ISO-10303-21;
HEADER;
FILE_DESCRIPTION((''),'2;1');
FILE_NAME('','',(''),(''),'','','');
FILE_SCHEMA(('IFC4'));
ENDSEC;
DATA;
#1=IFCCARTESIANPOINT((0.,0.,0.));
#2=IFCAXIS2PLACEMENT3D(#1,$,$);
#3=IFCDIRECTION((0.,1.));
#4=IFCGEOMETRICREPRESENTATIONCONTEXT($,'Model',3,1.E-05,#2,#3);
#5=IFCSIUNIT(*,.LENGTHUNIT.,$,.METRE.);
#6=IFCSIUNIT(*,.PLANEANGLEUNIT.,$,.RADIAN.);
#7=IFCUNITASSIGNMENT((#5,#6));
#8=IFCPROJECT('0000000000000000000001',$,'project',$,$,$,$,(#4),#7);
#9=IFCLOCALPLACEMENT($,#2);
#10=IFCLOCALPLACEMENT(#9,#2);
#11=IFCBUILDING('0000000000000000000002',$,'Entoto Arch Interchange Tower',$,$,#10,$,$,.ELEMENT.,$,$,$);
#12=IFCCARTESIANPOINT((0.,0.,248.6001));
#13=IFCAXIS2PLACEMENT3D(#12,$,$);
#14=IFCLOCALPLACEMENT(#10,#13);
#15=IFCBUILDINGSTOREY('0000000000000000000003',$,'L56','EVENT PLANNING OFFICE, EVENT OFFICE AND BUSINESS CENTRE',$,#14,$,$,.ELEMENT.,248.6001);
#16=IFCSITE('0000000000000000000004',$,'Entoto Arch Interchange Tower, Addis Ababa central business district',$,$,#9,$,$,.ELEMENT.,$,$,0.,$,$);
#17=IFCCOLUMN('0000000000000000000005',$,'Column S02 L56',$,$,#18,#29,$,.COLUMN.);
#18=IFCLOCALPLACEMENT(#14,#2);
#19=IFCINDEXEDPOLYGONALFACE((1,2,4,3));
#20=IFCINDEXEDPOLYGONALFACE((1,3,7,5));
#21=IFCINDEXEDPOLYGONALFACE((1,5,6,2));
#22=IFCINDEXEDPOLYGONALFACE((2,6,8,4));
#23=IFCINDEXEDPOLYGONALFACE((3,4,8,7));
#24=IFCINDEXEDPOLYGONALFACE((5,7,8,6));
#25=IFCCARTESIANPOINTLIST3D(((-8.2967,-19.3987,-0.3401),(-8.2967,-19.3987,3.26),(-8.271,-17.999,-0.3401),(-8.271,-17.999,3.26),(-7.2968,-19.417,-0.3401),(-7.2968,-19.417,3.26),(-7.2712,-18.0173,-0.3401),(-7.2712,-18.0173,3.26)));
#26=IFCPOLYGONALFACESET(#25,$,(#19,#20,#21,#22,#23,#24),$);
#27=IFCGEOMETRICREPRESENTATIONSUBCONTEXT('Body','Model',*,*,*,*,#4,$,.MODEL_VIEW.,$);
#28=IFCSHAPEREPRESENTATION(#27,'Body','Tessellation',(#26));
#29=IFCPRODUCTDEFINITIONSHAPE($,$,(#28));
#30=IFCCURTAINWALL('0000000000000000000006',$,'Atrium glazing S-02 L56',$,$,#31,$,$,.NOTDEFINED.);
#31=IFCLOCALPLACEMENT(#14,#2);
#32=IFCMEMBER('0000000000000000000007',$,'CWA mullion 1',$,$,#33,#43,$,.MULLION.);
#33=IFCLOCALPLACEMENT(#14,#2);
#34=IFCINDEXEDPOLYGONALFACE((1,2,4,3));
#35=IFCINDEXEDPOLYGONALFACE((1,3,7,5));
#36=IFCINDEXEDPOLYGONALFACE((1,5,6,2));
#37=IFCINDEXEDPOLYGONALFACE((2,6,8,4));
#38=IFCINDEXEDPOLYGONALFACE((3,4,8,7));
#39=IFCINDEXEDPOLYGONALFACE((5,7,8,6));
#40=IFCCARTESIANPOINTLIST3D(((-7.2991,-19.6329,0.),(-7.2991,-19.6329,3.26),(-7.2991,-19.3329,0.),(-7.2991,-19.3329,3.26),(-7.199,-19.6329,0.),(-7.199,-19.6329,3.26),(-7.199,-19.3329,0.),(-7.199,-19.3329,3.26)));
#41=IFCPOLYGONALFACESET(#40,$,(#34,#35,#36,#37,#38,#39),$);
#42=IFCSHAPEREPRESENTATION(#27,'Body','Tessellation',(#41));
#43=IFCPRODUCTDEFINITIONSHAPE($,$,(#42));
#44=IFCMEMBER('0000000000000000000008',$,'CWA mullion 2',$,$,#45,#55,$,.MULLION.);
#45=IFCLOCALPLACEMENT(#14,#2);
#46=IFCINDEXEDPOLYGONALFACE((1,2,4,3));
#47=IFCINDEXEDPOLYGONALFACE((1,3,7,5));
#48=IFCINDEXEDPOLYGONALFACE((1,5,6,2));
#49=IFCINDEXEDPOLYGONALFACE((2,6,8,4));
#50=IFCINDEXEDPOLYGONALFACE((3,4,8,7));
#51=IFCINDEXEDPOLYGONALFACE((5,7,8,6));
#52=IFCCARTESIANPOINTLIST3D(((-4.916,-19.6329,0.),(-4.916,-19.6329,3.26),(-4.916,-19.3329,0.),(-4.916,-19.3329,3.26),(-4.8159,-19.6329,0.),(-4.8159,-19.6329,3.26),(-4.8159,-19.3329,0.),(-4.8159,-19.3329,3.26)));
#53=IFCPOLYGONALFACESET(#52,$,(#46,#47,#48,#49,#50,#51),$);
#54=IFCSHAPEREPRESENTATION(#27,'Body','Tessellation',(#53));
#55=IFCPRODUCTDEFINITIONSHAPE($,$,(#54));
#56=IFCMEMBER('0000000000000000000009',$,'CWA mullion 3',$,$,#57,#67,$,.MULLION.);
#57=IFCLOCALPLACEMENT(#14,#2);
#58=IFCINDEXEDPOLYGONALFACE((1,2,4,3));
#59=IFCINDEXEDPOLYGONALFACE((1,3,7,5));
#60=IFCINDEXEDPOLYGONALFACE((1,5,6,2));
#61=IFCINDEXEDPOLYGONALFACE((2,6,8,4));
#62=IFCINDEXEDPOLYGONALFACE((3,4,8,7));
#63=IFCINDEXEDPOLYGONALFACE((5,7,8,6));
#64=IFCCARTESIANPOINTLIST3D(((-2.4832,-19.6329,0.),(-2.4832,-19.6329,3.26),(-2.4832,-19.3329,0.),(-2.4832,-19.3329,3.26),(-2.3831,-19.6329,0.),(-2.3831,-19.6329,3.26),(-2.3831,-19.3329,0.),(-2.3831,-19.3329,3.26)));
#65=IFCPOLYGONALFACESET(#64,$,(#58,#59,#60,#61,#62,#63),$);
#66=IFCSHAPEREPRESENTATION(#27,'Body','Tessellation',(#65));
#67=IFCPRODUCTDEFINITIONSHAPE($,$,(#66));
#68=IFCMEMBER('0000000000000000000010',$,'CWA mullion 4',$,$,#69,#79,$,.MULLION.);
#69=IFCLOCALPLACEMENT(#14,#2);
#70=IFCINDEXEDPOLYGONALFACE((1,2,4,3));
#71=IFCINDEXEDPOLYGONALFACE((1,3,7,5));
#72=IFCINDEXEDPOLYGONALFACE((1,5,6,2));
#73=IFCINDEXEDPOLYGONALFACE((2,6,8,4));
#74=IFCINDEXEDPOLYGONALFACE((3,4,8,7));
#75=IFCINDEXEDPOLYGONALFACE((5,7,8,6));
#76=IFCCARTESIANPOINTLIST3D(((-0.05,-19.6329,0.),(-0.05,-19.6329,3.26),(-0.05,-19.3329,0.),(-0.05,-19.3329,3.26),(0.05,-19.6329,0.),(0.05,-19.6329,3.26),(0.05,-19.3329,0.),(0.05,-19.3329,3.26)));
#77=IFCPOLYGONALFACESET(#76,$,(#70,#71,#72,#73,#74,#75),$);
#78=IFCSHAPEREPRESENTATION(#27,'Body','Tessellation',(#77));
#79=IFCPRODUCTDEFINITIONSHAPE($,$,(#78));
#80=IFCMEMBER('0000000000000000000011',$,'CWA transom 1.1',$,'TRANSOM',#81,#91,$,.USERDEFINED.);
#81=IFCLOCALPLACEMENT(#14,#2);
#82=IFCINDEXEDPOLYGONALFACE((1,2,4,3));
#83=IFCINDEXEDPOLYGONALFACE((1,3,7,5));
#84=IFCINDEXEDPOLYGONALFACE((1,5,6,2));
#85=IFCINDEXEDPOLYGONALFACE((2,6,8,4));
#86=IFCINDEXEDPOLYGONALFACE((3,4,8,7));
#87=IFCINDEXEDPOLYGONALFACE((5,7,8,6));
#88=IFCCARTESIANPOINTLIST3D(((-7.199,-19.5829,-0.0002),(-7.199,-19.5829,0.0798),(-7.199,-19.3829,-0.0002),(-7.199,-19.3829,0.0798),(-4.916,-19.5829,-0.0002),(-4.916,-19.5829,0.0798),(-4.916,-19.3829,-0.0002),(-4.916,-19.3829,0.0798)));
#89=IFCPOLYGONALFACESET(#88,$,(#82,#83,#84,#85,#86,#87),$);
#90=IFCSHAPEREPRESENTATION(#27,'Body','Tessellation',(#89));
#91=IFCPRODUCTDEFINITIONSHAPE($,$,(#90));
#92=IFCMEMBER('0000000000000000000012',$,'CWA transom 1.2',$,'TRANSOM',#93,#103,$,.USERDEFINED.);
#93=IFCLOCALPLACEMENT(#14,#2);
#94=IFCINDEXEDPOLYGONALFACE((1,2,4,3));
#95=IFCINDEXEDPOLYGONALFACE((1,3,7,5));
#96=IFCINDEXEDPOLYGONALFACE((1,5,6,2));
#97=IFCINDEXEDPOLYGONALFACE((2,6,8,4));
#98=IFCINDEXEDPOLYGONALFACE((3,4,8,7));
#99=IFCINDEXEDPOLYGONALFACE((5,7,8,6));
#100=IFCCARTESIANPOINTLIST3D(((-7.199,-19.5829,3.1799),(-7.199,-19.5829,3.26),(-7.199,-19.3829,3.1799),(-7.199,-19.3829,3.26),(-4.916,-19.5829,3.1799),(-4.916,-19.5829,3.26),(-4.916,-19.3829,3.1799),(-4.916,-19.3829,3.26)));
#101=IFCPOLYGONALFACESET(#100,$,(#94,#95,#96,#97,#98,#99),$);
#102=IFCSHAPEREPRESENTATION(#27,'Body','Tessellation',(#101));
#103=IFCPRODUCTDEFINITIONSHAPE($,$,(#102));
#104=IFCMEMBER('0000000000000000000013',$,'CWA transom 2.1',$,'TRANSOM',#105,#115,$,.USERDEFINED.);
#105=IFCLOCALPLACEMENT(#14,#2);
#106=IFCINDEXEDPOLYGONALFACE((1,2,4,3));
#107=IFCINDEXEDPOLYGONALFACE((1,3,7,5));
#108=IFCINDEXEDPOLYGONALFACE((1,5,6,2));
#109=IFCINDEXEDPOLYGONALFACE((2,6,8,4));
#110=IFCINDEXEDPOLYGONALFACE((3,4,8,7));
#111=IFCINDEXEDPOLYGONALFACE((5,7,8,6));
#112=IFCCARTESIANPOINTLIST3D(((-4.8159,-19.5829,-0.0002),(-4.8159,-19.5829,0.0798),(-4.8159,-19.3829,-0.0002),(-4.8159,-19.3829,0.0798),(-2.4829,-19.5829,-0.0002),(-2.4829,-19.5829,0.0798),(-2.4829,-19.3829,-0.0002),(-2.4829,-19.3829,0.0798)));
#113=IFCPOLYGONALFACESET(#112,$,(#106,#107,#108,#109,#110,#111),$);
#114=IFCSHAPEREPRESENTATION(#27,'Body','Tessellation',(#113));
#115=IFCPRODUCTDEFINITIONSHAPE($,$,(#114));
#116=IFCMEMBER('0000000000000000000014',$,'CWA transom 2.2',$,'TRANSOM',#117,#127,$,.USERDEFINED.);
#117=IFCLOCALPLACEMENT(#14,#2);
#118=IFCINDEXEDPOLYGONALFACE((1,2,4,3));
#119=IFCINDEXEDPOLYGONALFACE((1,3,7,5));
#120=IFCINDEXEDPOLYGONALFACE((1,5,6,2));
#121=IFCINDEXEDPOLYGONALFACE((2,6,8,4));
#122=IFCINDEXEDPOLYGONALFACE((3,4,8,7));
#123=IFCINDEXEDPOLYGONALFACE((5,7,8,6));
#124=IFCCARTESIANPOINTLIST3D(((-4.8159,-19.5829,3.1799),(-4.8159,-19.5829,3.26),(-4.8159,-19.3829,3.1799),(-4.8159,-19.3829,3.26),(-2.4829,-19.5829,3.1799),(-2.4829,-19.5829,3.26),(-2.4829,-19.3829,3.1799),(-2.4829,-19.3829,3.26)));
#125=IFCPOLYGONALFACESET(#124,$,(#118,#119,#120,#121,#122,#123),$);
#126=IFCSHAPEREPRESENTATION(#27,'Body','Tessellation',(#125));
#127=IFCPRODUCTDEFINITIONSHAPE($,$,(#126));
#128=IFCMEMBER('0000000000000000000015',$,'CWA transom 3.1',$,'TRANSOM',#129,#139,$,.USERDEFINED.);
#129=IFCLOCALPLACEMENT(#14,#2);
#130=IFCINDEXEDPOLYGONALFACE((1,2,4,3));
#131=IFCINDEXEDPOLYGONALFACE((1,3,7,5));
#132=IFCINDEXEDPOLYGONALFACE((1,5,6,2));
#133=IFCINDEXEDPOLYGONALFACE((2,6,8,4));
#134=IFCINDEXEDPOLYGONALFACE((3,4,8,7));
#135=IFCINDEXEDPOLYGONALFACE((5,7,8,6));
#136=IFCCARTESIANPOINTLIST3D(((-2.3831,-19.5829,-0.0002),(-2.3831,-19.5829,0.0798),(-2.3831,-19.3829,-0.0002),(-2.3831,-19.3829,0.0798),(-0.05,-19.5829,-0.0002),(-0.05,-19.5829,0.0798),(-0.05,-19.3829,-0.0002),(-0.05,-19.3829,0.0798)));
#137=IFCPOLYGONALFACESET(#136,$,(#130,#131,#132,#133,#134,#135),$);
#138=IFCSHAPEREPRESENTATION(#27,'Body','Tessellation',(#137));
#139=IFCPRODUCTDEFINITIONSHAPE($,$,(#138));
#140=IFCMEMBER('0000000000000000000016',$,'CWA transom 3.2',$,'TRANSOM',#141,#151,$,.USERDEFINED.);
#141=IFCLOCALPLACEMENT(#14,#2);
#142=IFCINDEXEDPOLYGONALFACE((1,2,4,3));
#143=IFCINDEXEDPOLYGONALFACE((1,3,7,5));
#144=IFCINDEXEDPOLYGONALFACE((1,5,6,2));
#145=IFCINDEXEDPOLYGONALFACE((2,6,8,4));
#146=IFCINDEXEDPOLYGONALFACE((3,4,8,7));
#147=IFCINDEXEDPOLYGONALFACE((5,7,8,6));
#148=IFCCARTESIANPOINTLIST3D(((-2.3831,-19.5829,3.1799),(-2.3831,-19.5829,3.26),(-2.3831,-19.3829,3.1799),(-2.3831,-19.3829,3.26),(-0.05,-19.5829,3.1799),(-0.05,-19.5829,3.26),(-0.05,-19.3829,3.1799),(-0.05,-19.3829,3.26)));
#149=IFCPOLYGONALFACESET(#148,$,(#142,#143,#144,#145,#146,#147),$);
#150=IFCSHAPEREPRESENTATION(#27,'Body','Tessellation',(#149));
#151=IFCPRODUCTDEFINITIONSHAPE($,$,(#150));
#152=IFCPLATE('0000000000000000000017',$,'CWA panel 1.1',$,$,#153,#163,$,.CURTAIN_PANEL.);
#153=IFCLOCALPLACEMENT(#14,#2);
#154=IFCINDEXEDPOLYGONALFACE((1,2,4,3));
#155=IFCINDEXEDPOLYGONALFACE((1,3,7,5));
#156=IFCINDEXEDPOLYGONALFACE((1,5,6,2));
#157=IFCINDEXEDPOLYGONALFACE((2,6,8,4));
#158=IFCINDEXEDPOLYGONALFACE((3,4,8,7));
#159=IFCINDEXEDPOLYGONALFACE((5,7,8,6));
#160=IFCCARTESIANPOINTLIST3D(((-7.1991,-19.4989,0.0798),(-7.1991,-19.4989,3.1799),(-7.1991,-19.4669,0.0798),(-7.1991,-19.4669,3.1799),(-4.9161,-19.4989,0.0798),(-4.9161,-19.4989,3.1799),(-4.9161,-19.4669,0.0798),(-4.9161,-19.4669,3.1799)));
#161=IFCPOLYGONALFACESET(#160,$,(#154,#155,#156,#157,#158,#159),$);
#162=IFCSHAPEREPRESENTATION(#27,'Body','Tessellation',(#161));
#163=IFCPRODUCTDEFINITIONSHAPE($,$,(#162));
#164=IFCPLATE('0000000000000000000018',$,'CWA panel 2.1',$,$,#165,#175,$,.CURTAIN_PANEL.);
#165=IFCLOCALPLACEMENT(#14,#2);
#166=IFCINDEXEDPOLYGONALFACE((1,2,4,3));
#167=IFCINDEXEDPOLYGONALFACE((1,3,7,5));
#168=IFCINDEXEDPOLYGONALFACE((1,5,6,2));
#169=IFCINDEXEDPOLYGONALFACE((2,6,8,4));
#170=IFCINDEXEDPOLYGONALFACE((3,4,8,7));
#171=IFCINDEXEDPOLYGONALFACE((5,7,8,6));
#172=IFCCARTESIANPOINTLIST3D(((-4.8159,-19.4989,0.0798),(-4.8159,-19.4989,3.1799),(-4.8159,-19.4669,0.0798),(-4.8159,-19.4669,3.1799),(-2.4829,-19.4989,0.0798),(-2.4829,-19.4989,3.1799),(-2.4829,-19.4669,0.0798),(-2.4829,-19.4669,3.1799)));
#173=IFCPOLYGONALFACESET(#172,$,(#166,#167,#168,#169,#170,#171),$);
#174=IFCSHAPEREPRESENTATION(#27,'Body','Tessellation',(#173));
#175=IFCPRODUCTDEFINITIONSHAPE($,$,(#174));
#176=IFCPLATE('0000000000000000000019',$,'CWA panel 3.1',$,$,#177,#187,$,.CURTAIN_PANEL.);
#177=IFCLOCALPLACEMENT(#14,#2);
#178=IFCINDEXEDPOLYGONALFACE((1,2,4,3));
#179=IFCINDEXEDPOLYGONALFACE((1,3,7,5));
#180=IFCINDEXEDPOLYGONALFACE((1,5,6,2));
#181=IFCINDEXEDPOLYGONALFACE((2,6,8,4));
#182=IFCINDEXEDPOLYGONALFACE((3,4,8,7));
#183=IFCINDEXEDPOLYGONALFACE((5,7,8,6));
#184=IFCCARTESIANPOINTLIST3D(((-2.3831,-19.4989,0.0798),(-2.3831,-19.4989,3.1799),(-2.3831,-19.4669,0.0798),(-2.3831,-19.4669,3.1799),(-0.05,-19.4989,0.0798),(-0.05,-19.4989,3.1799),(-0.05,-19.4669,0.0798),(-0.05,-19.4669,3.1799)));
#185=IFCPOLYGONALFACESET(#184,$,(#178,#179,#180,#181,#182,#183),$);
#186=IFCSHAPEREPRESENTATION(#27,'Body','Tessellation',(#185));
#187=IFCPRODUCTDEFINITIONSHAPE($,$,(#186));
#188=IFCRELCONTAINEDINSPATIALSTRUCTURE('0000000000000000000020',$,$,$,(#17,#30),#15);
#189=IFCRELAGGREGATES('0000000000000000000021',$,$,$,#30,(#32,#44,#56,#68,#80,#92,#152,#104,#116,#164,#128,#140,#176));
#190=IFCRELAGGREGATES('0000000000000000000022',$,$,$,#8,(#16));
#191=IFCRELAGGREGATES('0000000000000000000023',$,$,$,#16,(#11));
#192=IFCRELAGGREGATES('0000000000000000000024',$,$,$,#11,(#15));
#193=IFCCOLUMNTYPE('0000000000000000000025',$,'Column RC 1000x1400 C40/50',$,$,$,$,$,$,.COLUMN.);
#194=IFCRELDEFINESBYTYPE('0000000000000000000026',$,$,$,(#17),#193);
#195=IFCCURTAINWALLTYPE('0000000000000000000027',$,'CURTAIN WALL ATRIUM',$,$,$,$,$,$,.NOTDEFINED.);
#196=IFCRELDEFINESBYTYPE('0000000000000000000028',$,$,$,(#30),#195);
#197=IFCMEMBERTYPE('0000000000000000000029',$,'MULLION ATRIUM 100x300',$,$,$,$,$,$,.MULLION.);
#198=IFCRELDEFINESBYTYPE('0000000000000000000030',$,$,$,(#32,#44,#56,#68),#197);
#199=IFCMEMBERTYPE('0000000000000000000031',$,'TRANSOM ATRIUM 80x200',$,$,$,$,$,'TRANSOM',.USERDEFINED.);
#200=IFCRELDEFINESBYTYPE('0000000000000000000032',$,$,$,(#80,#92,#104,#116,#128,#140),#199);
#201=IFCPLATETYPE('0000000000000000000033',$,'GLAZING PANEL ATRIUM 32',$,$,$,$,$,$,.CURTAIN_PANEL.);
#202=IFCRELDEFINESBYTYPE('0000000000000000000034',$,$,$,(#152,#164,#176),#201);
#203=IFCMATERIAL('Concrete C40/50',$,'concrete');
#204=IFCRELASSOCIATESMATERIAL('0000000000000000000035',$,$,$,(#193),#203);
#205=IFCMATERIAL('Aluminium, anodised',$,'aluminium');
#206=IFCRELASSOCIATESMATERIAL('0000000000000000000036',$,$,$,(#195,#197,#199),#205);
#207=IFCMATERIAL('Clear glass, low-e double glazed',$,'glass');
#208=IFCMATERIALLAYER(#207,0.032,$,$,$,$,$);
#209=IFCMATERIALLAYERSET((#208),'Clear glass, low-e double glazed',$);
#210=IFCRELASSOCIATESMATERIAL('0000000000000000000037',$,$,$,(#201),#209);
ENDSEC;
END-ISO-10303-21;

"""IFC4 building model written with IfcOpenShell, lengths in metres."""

from ifc_helpers import new_model, si_unit, direction, frame, origin, origin_2d, place, context, subcontext, project, spatial, rectangle, extrude, material, layer, layer_set, material_profile, profile_set, type_object, element, aggregate, save


model = new_model("IFC4")

# Units and contexts
model_context = context("Model", 3, precision=1e-05, world=origin(), true_north=direction((0.0, 1.0)))
body_context = subcontext(model_context, "Body", "Model", "MODEL_VIEW")
ifc_project = project(units=[si_unit("LENGTHUNIT", "METRE"), si_unit("PLANEANGLEUNIT", "RADIAN")], contexts=[model_context])

# Site, building, storey
site_placement = place(None, origin())
site = spatial("IfcSite", under=ifc_project, at=site_placement, Name="Entoto Arch Interchange Tower, Addis Ababa central business district", CompositionType="ELEMENT", RefElevation=0.0)
building_placement = place(site_placement, origin())
building = spatial("IfcBuilding", under=site, at=building_placement, Name="Entoto Arch Interchange Tower", CompositionType="ELEMENT")
storey_placement = place(building_placement, frame((0.0, 0.0, 248.6001)))
storey = spatial("IfcBuildingStorey", under=building, at=storey_placement, Name="L56", Description="EVENT PLANNING OFFICE, EVENT OFFICE AND BUSINESS CENTRE", CompositionType="ELEMENT", Elevation=248.6001)

# Column
ifc_material_1 = material(Name="Concrete C40/50", Category="concrete")
ifc_material_profile_1 = material_profile(ifc_material_1, rectangle(XDim=1.0, YDim=1.3999, at=origin_2d()))
ifc_profile_set_1 = profile_set([ifc_material_profile_1], Name="Concrete C40/50")
column_type = type_object("IfcColumnType", Name="Column RC 1000x1400 C40/50", PredefinedType="COLUMN", material=ifc_profile_set_1)
column_placement = place(storey_placement, frame((-7.7839, -18.708, -0.3401), z_axis=(0.0, 0.0, 1.0), x_axis=(-0.999833, 0.01829, 0.0)))
element("IfcColumn", 1, at=column_placement, inside=storey, type_object=column_type, Name="Column S02 L56", PredefinedType="COLUMN", context=body_context, shape_type="SweptSolid", body=[
    extrude(rectangle(XDim=1.0, YDim=1.3999, at=origin_2d()), origin(), (0.0, 0.0, 1.0), 3.6001),
])

# Curtain wall, members, plates
ifc_material_2 = material(Name="Aluminium, anodised", Category="aluminium")
curtain_wall_type = type_object("IfcCurtainWallType", Name="CURTAIN WALL ATRIUM", PredefinedType="NOTDEFINED", material=ifc_material_2)
curtain_wall_placement = place(storey_placement, origin())
curtain_wall = element("IfcCurtainWall", 2, at=curtain_wall_placement, inside=storey, type_object=curtain_wall_type, Name="Atrium glazing S-02 L56", PredefinedType="NOTDEFINED")
ifc_material_profile_2 = material_profile(ifc_material_2, rectangle(XDim=0.3, YDim=0.1001, at=origin_2d()))
ifc_profile_set_2 = profile_set([ifc_material_profile_2], Name="Aluminium, anodised")
member_type_1 = type_object("IfcMemberType", Name="MULLION ATRIUM 100x300", PredefinedType="MULLION", material=ifc_profile_set_2)
member_1_placement = place(storey_placement, frame((-7.249, -19.4829, 0.0), z_axis=(0.0, 0.0, 1.0), x_axis=(0.0, 1.0, 0.0)))
member_1 = element("IfcMember", 3, at=member_1_placement, type_object=member_type_1, Name="CWA mullion 1", PredefinedType="MULLION", context=body_context, shape_type="SweptSolid", body=[
    extrude(rectangle(XDim=0.3, YDim=0.1001, at=origin_2d()), origin(), (0.0, 0.0, 1.0), 3.26),
])
member_2_placement = place(storey_placement, frame((-4.866, -19.4829, 0.0), z_axis=(0.0, 0.0, 1.0), x_axis=(0.0, 1.0, 0.0)))
member_2 = element("IfcMember", 4, at=member_2_placement, type_object=member_type_1, Name="CWA mullion 2", PredefinedType="MULLION", context=body_context, shape_type="SweptSolid", body=[
    extrude(rectangle(XDim=0.3, YDim=0.1001, at=origin_2d()), origin(), (0.0, 0.0, 1.0), 3.26),
])
member_3_placement = place(storey_placement, frame((-2.4331, -19.4829, 0.0), z_axis=(0.0, 0.0, 1.0), x_axis=(0.0, 1.0, 0.0)))
member_3 = element("IfcMember", 5, at=member_3_placement, type_object=member_type_1, Name="CWA mullion 3", PredefinedType="MULLION", context=body_context, shape_type="SweptSolid", body=[
    extrude(rectangle(XDim=0.3, YDim=0.1001, at=origin_2d()), origin(), (0.0, 0.0, 1.0), 3.26),
])
member_4_placement = place(storey_placement, frame((0.0, -19.4829, 0.0), z_axis=(0.0, 0.0, 1.0), x_axis=(0.0, 1.0, 0.0)))
member_4 = element("IfcMember", 6, at=member_4_placement, type_object=member_type_1, Name="CWA mullion 4", PredefinedType="MULLION", context=body_context, shape_type="SweptSolid", body=[
    extrude(rectangle(XDim=0.3, YDim=0.1001, at=origin_2d()), origin(), (0.0, 0.0, 1.0), 3.26),
])
ifc_material_profile_3 = material_profile(ifc_material_2, rectangle(XDim=0.2, YDim=0.0801, at=origin_2d()))
ifc_profile_set_3 = profile_set([ifc_material_profile_3], Name="Aluminium, anodised")
member_type_2 = type_object("IfcMemberType", Name="TRANSOM ATRIUM 80x200", ElementType="TRANSOM", PredefinedType="USERDEFINED", material=ifc_profile_set_3)
member_5_placement = place(storey_placement, frame((-7.199, -19.4829, 0.0398), z_axis=(1.0, 0.0, 0.0), x_axis=(0.0, 1.0, 0.0)))
member_5 = element("IfcMember", 7, at=member_5_placement, type_object=member_type_2, Name="CWA transom 1.1", ObjectType="TRANSOM", PredefinedType="USERDEFINED", context=body_context, shape_type="SweptSolid", body=[
    extrude(rectangle(XDim=0.2, YDim=0.0801, at=origin_2d()), origin(), (0.0, 0.0, 1.0), 2.283),
])
member_6_placement = place(storey_placement, frame((-7.199, -19.4829, 3.22), z_axis=(1.0, 0.0, 0.0), x_axis=(0.0, 1.0, 0.0)))
member_6 = element("IfcMember", 8, at=member_6_placement, type_object=member_type_2, Name="CWA transom 1.2", ObjectType="TRANSOM", PredefinedType="USERDEFINED", context=body_context, shape_type="SweptSolid", body=[
    extrude(rectangle(XDim=0.2, YDim=0.0801, at=origin_2d()), origin(), (0.0, 0.0, 1.0), 2.283),
])
member_7_placement = place(storey_placement, frame((-4.8159, -19.4829, 0.0398), z_axis=(1.0, 0.0, 0.0), x_axis=(0.0, 1.0, 0.0)))
member_7 = element("IfcMember", 9, at=member_7_placement, type_object=member_type_2, Name="CWA transom 2.1", ObjectType="TRANSOM", PredefinedType="USERDEFINED", context=body_context, shape_type="SweptSolid", body=[
    extrude(rectangle(XDim=0.2, YDim=0.0801, at=origin_2d()), origin(), (0.0, 0.0, 1.0), 2.333),
])
member_8_placement = place(storey_placement, frame((-4.8159, -19.4829, 3.22), z_axis=(1.0, 0.0, 0.0), x_axis=(0.0, 1.0, 0.0)))
member_8 = element("IfcMember", 10, at=member_8_placement, type_object=member_type_2, Name="CWA transom 2.2", ObjectType="TRANSOM", PredefinedType="USERDEFINED", context=body_context, shape_type="SweptSolid", body=[
    extrude(rectangle(XDim=0.2, YDim=0.0801, at=origin_2d()), origin(), (0.0, 0.0, 1.0), 2.333),
])
member_9_placement = place(storey_placement, frame((-2.3831, -19.4829, 0.0398), z_axis=(1.0, 0.0, 0.0), x_axis=(0.0, 1.0, 0.0)))
member_9 = element("IfcMember", 11, at=member_9_placement, type_object=member_type_2, Name="CWA transom 3.1", ObjectType="TRANSOM", PredefinedType="USERDEFINED", context=body_context, shape_type="SweptSolid", body=[
    extrude(rectangle(XDim=0.2, YDim=0.0801, at=origin_2d()), origin(), (0.0, 0.0, 1.0), 2.333),
])
member_10_placement = place(storey_placement, frame((-2.3831, -19.4829, 3.22), z_axis=(1.0, 0.0, 0.0), x_axis=(0.0, 1.0, 0.0)))
member_10 = element("IfcMember", 12, at=member_10_placement, type_object=member_type_2, Name="CWA transom 3.2", ObjectType="TRANSOM", PredefinedType="USERDEFINED", context=body_context, shape_type="SweptSolid", body=[
    extrude(rectangle(XDim=0.2, YDim=0.0801, at=origin_2d()), origin(), (0.0, 0.0, 1.0), 2.333),
])
ifc_material_3 = material(Name="Clear glass, low-e double glazed", Category="glass")
ifc_layer_1 = layer(ifc_material_3, 0.032)
ifc_layer_set_1 = layer_set([ifc_layer_1], Name="Clear glass, low-e double glazed")
plate_type = type_object("IfcPlateType", Name="GLAZING PANEL ATRIUM 32", PredefinedType="CURTAIN_PANEL", material=ifc_layer_set_1)
plate_1_placement = place(storey_placement, frame((-6.0576, -19.4829, 0.0798), z_axis=(0.0, 0.0, 1.0), x_axis=(1.0, 0.0, 0.0)))
plate_1 = element("IfcPlate", 13, at=plate_1_placement, type_object=plate_type, Name="CWA panel 1.1", PredefinedType="CURTAIN_PANEL", context=body_context, shape_type="SweptSolid", body=[
    extrude(rectangle(XDim=2.283, YDim=0.032, at=origin_2d()), origin(), (0.0, 0.0, 1.0), 3.1001),
])
plate_2_placement = place(storey_placement, frame((-3.6494, -19.4829, 0.0798), z_axis=(0.0, 0.0, 1.0), x_axis=(1.0, 0.0, 0.0)))
plate_2 = element("IfcPlate", 14, at=plate_2_placement, type_object=plate_type, Name="CWA panel 2.1", PredefinedType="CURTAIN_PANEL", context=body_context, shape_type="SweptSolid", body=[
    extrude(rectangle(XDim=2.333, YDim=0.032, at=origin_2d()), origin(), (0.0, 0.0, 1.0), 3.1001),
])
plate_3_placement = place(storey_placement, frame((-1.2166, -19.4829, 0.0798), z_axis=(0.0, 0.0, 1.0), x_axis=(1.0, 0.0, 0.0)))
plate_3 = element("IfcPlate", 15, at=plate_3_placement, type_object=plate_type, Name="CWA panel 3.1", PredefinedType="CURTAIN_PANEL", context=body_context, shape_type="SweptSolid", body=[
    extrude(rectangle(XDim=2.333, YDim=0.032, at=origin_2d()), origin(), (0.0, 0.0, 1.0), 3.1001),
])
aggregate(curtain_wall, [member_1, member_2, member_3, member_4, member_5, member_6, plate_1, member_7, member_8, plate_2, member_9, member_10, plate_3])

save(model, "model.ifc")
